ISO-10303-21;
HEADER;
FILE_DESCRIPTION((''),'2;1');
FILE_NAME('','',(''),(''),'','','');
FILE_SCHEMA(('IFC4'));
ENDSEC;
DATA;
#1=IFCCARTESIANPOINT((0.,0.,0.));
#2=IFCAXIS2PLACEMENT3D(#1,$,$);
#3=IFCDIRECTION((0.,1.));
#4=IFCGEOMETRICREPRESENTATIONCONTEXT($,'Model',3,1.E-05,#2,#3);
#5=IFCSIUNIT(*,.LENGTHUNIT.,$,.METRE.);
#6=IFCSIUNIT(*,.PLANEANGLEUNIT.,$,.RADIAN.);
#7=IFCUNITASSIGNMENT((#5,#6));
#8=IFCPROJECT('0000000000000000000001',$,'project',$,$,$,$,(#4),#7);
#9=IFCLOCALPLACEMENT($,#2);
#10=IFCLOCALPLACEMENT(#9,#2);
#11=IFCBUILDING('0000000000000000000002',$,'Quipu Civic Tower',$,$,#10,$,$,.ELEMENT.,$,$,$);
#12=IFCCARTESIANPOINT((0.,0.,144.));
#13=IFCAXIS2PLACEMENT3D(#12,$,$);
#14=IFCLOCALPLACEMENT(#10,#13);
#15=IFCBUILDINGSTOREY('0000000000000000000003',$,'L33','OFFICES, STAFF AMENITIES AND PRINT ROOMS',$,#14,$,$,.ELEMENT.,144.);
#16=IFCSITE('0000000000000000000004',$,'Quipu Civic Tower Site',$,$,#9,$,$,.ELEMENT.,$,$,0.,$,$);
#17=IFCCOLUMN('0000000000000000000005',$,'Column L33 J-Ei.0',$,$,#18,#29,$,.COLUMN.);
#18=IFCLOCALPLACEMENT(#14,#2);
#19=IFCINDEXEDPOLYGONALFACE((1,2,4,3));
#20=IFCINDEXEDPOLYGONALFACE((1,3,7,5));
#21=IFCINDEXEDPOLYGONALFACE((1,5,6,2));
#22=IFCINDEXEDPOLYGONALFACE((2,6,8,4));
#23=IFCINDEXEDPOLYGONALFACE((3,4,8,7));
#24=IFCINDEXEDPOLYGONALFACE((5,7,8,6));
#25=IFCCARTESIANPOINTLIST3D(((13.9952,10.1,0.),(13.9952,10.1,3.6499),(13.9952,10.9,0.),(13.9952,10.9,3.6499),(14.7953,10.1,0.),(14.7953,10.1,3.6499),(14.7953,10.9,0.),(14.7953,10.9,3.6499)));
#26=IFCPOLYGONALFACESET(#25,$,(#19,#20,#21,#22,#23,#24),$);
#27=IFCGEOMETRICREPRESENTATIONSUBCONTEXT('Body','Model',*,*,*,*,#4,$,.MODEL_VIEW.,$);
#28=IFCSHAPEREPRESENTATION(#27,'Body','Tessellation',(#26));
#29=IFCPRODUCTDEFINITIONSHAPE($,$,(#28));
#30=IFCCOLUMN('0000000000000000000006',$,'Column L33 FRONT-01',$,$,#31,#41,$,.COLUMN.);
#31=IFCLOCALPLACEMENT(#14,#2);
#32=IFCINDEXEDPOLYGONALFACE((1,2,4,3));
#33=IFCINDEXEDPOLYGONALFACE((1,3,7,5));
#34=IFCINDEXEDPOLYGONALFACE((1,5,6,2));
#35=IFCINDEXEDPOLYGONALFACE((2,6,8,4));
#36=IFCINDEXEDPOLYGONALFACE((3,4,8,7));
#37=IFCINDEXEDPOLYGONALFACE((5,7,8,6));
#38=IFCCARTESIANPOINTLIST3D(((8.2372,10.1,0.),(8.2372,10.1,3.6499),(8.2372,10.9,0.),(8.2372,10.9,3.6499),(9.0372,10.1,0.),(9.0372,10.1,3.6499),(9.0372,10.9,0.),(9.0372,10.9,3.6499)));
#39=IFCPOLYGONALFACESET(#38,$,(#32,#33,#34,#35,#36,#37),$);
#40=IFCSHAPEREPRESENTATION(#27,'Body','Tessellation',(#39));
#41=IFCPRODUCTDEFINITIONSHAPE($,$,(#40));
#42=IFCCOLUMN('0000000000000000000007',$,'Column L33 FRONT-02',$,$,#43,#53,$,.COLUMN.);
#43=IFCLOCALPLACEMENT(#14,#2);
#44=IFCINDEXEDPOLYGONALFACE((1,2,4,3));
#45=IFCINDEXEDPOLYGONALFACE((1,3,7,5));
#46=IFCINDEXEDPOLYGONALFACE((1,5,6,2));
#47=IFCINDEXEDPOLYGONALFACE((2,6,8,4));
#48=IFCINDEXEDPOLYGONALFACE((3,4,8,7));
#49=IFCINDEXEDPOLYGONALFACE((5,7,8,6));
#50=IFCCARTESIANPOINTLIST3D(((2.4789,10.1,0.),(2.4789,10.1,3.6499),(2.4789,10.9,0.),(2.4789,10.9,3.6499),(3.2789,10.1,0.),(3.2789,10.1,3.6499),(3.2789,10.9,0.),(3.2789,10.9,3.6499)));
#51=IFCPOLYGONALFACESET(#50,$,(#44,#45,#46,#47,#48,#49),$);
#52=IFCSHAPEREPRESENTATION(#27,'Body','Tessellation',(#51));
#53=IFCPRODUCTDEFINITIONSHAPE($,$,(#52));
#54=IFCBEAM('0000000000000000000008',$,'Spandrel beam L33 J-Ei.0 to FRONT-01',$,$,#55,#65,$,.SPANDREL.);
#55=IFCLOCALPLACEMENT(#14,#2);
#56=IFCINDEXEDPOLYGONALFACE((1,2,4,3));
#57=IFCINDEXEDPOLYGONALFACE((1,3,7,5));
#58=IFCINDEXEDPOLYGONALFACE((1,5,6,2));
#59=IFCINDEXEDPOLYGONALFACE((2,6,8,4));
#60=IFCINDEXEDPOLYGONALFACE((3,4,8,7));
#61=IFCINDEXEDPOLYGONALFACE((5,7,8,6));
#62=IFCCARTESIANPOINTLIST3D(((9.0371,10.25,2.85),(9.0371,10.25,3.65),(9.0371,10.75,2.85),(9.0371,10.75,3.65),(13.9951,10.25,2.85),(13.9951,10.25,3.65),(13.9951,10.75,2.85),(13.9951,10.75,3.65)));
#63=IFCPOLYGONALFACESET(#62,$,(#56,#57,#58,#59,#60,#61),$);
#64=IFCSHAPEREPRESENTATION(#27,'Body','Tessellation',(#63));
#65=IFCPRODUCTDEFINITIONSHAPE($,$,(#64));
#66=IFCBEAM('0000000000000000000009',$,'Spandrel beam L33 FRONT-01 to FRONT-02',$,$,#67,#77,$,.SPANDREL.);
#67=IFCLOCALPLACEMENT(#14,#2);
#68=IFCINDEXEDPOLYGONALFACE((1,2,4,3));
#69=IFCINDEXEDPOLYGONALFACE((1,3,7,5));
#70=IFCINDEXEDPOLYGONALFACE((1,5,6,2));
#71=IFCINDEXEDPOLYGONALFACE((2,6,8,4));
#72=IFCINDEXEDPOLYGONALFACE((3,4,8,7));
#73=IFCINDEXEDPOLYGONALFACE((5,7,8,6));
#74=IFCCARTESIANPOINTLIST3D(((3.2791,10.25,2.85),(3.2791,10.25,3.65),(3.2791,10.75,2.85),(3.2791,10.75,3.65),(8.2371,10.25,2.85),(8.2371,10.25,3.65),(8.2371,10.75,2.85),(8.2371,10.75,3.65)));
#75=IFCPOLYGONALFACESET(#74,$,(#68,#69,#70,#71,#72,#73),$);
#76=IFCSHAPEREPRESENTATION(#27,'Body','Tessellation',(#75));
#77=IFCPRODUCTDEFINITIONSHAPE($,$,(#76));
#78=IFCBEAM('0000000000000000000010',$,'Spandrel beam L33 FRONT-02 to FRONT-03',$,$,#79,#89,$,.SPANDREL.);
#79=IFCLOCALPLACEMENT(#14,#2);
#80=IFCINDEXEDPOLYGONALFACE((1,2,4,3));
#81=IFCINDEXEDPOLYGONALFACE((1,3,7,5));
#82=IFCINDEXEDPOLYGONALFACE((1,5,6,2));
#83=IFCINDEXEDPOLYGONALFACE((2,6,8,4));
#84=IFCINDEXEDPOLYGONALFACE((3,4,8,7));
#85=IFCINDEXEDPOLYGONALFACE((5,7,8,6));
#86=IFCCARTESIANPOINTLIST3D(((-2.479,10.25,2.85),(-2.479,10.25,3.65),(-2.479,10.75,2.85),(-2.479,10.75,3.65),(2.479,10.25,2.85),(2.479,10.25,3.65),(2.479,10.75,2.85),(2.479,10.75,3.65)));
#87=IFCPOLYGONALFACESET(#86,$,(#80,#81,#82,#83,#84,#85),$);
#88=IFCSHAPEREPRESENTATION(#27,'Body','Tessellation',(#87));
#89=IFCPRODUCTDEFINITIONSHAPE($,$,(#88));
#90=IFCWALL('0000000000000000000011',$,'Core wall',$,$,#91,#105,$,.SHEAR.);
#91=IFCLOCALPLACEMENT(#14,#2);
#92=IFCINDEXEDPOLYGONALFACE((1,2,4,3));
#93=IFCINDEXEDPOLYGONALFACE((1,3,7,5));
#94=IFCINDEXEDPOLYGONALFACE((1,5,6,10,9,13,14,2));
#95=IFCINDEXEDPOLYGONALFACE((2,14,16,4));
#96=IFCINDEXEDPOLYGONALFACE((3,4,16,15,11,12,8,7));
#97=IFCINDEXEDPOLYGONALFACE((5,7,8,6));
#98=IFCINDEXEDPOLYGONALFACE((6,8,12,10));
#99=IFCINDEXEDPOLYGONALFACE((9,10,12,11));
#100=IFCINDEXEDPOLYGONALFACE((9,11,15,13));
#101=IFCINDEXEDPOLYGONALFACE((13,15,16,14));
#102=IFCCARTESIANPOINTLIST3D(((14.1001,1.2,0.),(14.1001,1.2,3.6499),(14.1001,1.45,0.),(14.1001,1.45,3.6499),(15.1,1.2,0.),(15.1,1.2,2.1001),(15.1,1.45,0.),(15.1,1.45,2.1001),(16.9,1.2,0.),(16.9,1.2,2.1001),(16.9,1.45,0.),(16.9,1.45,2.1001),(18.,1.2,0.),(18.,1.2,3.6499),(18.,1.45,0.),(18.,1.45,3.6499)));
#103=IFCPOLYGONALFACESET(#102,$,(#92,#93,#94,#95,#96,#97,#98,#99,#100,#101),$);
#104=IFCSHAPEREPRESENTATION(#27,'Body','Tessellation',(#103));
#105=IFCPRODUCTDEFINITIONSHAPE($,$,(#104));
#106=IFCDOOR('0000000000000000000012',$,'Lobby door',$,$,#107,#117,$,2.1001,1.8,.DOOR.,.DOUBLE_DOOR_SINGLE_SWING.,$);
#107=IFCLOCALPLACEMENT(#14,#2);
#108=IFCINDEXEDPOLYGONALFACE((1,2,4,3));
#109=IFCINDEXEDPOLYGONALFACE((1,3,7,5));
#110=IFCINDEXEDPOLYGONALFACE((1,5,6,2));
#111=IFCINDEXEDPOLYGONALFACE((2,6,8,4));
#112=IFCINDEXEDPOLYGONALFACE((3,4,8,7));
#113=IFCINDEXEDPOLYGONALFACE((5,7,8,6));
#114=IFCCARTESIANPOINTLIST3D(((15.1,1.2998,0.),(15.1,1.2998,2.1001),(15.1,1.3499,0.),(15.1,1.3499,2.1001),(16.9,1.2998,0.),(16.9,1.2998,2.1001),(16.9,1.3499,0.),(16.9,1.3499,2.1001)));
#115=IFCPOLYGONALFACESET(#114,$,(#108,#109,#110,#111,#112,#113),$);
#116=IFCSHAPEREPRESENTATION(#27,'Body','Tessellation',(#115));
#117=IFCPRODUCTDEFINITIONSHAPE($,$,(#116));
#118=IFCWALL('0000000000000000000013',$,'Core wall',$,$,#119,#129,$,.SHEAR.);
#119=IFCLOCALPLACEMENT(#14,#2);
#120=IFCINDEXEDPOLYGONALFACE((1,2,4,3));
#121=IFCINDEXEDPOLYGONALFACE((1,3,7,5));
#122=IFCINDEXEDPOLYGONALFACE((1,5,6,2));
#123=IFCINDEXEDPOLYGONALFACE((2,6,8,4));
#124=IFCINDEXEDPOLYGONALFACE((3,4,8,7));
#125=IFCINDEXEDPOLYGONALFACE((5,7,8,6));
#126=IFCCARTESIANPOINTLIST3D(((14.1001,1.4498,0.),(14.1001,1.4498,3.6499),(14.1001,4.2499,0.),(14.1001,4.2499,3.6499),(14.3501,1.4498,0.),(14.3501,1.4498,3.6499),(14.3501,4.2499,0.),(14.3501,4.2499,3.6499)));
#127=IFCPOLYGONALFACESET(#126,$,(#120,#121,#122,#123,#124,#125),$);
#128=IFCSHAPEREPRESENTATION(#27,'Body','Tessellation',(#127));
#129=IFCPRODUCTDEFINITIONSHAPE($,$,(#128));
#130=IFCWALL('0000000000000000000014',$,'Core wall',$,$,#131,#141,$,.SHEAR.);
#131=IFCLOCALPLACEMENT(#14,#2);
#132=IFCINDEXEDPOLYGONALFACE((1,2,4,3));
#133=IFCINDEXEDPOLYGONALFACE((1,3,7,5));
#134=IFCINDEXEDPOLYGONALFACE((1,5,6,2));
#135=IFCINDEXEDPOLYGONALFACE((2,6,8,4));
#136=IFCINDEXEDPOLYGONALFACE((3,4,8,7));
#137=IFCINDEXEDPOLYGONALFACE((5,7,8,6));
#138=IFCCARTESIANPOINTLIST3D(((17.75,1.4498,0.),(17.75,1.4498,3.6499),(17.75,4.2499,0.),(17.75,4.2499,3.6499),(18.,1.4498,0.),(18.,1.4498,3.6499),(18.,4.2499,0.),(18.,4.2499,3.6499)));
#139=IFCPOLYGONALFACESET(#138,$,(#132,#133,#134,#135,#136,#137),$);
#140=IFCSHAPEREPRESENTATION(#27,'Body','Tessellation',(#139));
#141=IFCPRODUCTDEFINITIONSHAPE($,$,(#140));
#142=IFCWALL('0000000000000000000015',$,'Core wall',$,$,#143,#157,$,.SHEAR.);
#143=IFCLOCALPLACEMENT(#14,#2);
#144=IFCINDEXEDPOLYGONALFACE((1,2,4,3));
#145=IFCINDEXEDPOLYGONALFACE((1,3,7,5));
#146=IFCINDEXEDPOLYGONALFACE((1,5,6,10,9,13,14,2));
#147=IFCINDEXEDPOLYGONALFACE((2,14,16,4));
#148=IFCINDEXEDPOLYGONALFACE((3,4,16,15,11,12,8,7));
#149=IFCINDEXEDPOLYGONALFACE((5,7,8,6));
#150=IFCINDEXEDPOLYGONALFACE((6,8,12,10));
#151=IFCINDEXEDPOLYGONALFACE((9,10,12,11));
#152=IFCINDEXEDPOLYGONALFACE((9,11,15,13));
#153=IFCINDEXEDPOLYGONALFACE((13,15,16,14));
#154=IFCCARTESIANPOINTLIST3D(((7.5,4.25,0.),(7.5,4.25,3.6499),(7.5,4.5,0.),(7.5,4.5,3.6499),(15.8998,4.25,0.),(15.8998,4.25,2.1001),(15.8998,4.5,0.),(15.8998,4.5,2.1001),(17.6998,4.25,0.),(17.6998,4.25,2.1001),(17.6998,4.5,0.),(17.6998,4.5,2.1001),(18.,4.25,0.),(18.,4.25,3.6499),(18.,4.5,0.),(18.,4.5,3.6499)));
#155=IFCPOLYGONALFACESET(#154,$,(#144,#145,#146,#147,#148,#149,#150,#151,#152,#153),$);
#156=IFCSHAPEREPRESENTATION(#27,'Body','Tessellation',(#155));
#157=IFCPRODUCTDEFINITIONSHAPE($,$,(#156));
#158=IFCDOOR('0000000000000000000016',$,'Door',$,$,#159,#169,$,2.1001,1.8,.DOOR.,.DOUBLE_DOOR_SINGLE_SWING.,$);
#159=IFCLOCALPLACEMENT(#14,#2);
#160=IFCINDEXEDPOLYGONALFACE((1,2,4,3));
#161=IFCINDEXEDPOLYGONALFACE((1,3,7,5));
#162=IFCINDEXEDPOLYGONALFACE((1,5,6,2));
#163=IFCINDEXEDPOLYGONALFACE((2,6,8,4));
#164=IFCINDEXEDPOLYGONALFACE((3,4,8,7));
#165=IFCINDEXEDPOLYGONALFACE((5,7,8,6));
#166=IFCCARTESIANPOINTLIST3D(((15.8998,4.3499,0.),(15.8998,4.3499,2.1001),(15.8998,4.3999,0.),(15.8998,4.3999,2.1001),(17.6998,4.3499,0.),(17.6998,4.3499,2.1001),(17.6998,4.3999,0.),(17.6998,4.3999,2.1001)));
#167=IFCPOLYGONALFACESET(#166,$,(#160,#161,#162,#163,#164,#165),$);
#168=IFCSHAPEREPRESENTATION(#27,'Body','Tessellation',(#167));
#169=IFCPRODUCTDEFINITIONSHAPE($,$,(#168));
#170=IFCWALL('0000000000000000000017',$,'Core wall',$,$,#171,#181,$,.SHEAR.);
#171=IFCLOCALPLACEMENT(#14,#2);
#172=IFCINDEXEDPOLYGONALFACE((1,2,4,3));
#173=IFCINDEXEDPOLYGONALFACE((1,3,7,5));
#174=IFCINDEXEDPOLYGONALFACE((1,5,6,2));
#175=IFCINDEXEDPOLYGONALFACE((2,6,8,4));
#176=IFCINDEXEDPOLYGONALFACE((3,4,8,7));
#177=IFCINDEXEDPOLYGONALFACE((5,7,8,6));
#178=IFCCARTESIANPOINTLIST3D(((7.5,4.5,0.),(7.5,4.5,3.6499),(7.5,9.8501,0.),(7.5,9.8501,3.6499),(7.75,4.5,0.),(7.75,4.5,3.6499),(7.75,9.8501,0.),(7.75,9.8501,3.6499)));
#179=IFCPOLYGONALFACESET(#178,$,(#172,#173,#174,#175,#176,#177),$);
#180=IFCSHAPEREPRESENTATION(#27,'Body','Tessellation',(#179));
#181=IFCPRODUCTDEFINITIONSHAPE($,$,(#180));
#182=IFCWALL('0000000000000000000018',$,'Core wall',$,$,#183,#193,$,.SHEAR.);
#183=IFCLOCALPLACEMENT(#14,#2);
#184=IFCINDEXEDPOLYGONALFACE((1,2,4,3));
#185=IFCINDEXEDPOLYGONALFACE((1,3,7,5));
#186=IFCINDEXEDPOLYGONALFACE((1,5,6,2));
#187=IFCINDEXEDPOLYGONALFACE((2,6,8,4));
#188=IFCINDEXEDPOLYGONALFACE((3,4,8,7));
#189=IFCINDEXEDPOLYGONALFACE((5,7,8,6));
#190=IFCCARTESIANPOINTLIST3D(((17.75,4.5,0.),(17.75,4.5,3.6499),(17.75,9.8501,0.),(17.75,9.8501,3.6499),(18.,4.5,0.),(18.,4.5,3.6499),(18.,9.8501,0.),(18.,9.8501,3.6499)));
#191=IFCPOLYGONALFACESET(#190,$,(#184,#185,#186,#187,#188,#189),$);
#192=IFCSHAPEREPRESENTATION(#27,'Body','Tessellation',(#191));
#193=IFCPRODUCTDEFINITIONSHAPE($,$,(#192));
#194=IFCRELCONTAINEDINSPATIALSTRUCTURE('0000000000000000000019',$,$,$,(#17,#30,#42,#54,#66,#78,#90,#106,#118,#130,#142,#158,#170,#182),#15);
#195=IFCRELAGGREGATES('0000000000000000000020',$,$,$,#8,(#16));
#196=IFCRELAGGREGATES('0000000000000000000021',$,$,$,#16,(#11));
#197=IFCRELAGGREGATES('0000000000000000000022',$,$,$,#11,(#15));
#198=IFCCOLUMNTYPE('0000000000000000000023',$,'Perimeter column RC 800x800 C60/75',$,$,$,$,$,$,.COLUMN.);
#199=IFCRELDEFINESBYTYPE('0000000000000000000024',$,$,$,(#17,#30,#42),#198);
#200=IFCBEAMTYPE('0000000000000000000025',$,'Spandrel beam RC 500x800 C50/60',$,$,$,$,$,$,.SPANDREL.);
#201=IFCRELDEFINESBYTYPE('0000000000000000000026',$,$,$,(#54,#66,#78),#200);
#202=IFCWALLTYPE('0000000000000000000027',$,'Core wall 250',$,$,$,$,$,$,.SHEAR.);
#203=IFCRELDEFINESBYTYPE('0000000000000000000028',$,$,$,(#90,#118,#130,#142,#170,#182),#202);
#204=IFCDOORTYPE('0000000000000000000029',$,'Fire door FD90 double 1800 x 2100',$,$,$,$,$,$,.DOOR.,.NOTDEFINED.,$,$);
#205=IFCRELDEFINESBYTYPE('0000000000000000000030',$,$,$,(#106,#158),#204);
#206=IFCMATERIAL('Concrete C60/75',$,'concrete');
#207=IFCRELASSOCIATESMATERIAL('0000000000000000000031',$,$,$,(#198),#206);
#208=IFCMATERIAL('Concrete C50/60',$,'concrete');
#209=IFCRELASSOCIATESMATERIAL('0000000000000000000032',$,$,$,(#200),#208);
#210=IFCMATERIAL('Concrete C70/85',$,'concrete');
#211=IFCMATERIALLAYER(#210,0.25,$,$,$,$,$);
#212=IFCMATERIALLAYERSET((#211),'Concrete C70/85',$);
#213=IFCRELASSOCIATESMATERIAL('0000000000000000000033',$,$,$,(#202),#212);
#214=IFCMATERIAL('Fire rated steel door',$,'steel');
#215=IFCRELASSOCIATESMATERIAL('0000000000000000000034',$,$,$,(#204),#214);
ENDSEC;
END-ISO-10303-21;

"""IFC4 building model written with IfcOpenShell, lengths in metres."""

from ifc_helpers import new_model, si_unit, direction, frame, frame_2d, origin, origin_2d, place, context, subcontext, project, spatial, rectangle, extrude, material, layer, layer_set, material_profile, profile_set, type_object, element, fill, save


model = new_model("IFC4")

# Units and contexts
model_context = context("Model", 3, precision=1e-05, world=origin(), true_north=direction((0.0, 1.0)))
body_context = subcontext(model_context, "Body", "Model", "MODEL_VIEW")
ifc_project = project(units=[si_unit("LENGTHUNIT", "METRE"), si_unit("PLANEANGLEUNIT", "RADIAN")], contexts=[model_context])

# Site, building, storey
site_placement = place(None, origin())
site = spatial("IfcSite", under=ifc_project, at=site_placement, Name="Quipu Civic Tower Site", CompositionType="ELEMENT", RefElevation=0.0)
building_placement = place(site_placement, origin())
building = spatial("IfcBuilding", under=site, at=building_placement, Name="Quipu Civic Tower", CompositionType="ELEMENT")
storey_placement = place(building_placement, frame((0.0, 0.0, 144.0)))
storey = spatial("IfcBuildingStorey", under=building, at=storey_placement, Name="L33", Description="OFFICES, STAFF AMENITIES AND PRINT ROOMS", CompositionType="ELEMENT", Elevation=144.0)

# Columns
ifc_material_1 = material(Name="Concrete C60/75", Category="concrete")
ifc_material_profile_1 = material_profile(ifc_material_1, rectangle(XDim=0.8, YDim=0.8, at=origin_2d()), Name="RC800x800")
ifc_profile_set_1 = profile_set([ifc_material_profile_1], Name="Concrete C60/75")
column_type = type_object("IfcColumnType", Name="Perimeter column RC 800x800 C60/75", PredefinedType="COLUMN", material=ifc_profile_set_1)
for number, where, z_axis, x_axis, name in (
    (1, (14.3953, 10.5, 0.0), (0.0, 0.0, 1.0), (-1.0, 0.0, 0.0), "Column L33 J-Ei.0"),
    (2, (8.6372, 10.5, 0.0), (0.0, 0.0, 1.0), (-1.0, 0.0, 0.0), "Column L33 FRONT-01"),
    (3, (2.8789, 10.5, 0.0), (0.0, 0.0, 1.0), (-1.0, 0.0, 0.0), "Column L33 FRONT-02"),
):
    element("IfcColumn", number, at=place(storey_placement, frame(where, z_axis=z_axis, x_axis=x_axis)), inside=storey, type_object=column_type, Name=name, PredefinedType="COLUMN", context=body_context, shape_type="SweptSolid", body=[
        extrude(rectangle(XDim=0.8, YDim=0.8, at=origin_2d()), origin(), (0.0, 0.0, 1.0), 3.6499),
    ])

# Beams
ifc_material_2 = material(Name="Concrete C50/60", Category="concrete")
ifc_material_profile_2 = material_profile(ifc_material_2, rectangle(XDim=0.5, YDim=0.8, at=origin_2d()), Name="RC500x800")
ifc_profile_set_2 = profile_set([ifc_material_profile_2], Name="Concrete C50/60")
beam_type = type_object("IfcBeamType", Name="Spandrel beam RC 500x800 C50/60", PredefinedType="SPANDREL", material=ifc_profile_set_2)
for number, where, z_axis, x_axis, name in (
    (4, (13.9951, 10.5, 3.25), (-1.0, 0.0, 0.0), (0.0, -1.0, 0.0), "Spandrel beam L33 J-Ei.0 to FRONT-01"),
    (5, (8.2371, 10.5, 3.25), (-1.0, 0.0, 0.0), (0.0, -1.0, 0.0), "Spandrel beam L33 FRONT-01 to FRONT-02"),
    (6, (2.479, 10.5, 3.25), (-1.0, 0.0, 0.0), (0.0, -1.0, 0.0), "Spandrel beam L33 FRONT-02 to FRONT-03"),
):
    element("IfcBeam", number, at=place(storey_placement, frame(where, z_axis=z_axis, x_axis=x_axis)), inside=storey, type_object=beam_type, Name=name, PredefinedType="SPANDREL", context=body_context, shape_type="SweptSolid", body=[
        extrude(rectangle(XDim=0.5, YDim=0.8, at=origin_2d()), origin(), (0.0, 0.0, 1.0), 4.958),
    ])

# Wall, opening, door
ifc_material_3 = material(Name="Concrete C70/85", Category="concrete")
ifc_layer_1 = layer(ifc_material_3, 0.25)
ifc_layer_set_1 = layer_set([ifc_layer_1], Name="Concrete C70/85")
wall_type_1 = type_object("IfcWallType", Name="Core wall 250", PredefinedType="SHEAR", material=ifc_layer_set_1)
wall_1_placement = place(storey_placement, frame((14.1001, 1.325, 0.0), z_axis=(0.0, 0.0, 1.0), x_axis=(1.0, 0.0, 0.0)))
wall_1 = element("IfcWall", 7, at=wall_1_placement, inside=storey, type_object=wall_type_1, Name="Core wall", PredefinedType="SHEAR", context=body_context, shape_type="SweptSolid", body=[
    extrude(rectangle(XDim=3.8999, YDim=0.25, at=frame_2d((1.95, 0.0))), origin(), (0.0, 0.0, 1.0), 3.6499),
])
opening_1_placement = place(wall_1_placement, frame((1.0, 0.0, 0.0)))
opening_1 = element("IfcOpeningElement", 8, at=opening_1_placement, cuts=wall_1, PredefinedType="OPENING", context=body_context, shape_type="SweptSolid", body=[
    extrude(rectangle(XDim=1.8, YDim=2.1001, at=frame_2d((0.8999, 1.05))), frame((0.0, 0.135, 0.0), z_axis=(0.0, -1.0, 0.0), x_axis=(1.0, 0.0, 0.0)), (0.0, 0.0, 1.0), 0.27),
])
ifc_material_4 = material(Name="Fire rated steel door", Category="steel")
door_type_1 = type_object("IfcDoorType", Name="Fire door FD90 double 1800 x 2100", OperationType="NOTDEFINED", PredefinedType="DOOR", material=ifc_material_4)
door_1_placement = place(opening_1_placement, origin())
door_1 = element("IfcDoor", 9, at=door_1_placement, inside=storey, type_object=door_type_1, Name="Lobby door", OperationType="DOUBLE_DOOR_SINGLE_SWING", OverallHeight=2.1001, OverallWidth=1.8, PredefinedType="DOOR", context=body_context, shape_type="SweptSolid", body=[
    extrude(rectangle(XDim=1.8, YDim=2.1001, at=frame_2d((0.8999, 1.05))), frame((0.0, 0.0249, 0.0), z_axis=(0.0, -1.0, 0.0), x_axis=(1.0, 0.0, 0.0)), (0.0, 0.0, 1.0), 0.05),
])
fill(opening_1, door_1)

# Walls
for number, where, z_axis, x_axis, name in (
    (10, (14.2251, 1.45, 0.0), (0.0, 0.0, 1.0), (0.0, 1.0, 0.0), "Core wall"),
    (11, (17.875, 1.45, 0.0), (0.0, 0.0, 1.0), (0.0, 1.0, 0.0), "Core wall"),
):
    element("IfcWall", number, at=place(storey_placement, frame(where, z_axis=z_axis, x_axis=x_axis)), inside=storey, type_object=wall_type_1, Name=name, PredefinedType="SHEAR", context=body_context, shape_type="SweptSolid", body=[
        extrude(rectangle(XDim=2.8, YDim=0.25, at=frame_2d((1.3999, 0.0))), origin(), (0.0, 0.0, 1.0), 3.6499),
    ])

# Wall, opening, door
wall_2_placement = place(storey_placement, frame((7.5, 4.375, 0.0), z_axis=(0.0, 0.0, 1.0), x_axis=(1.0, 0.0, 0.0)))
wall_2 = element("IfcWall", 12, at=wall_2_placement, inside=storey, type_object=wall_type_1, Name="Core wall", PredefinedType="SHEAR", context=body_context, shape_type="SweptSolid", body=[
    extrude(rectangle(XDim=10.5, YDim=0.25, at=frame_2d((5.25, 0.0))), origin(), (0.0, 0.0, 1.0), 3.6499),
])
opening_2_placement = place(wall_2_placement, frame((8.3999, 0.0, 0.0)))
opening_2 = element("IfcOpeningElement", 13, at=opening_2_placement, cuts=wall_2, PredefinedType="OPENING", context=body_context, shape_type="SweptSolid", body=[
    extrude(rectangle(XDim=1.8, YDim=2.1001, at=frame_2d((0.8999, 1.05))), frame((0.0, 0.135, 0.0), z_axis=(0.0, -1.0, 0.0), x_axis=(1.0, 0.0, 0.0)), (0.0, 0.0, 1.0), 0.27),
])
door_2_placement = place(opening_2_placement, origin())
door_2 = element("IfcDoor", 14, at=door_2_placement, inside=storey, type_object=door_type_1, Name="Door", OperationType="DOUBLE_DOOR_SINGLE_SWING", OverallHeight=2.1001, OverallWidth=1.8, PredefinedType="DOOR", context=body_context, shape_type="SweptSolid", body=[
    extrude(rectangle(XDim=1.8, YDim=2.1001, at=frame_2d((0.8999, 1.05))), frame((0.0, 0.0249, 0.0), z_axis=(0.0, -1.0, 0.0), x_axis=(1.0, 0.0, 0.0)), (0.0, 0.0, 1.0), 0.05),
])
fill(opening_2, door_2)

# Walls
for number, where, z_axis, x_axis, name in (
    (15, (7.625, 4.5, 0.0), (0.0, 0.0, 1.0), (0.0, 1.0, 0.0), "Core wall"),
    (16, (17.875, 4.5, 0.0), (0.0, 0.0, 1.0), (0.0, 1.0, 0.0), "Core wall"),
):
    element("IfcWall", number, at=place(storey_placement, frame(where, z_axis=z_axis, x_axis=x_axis)), inside=storey, type_object=wall_type_1, Name=name, PredefinedType="SHEAR", context=body_context, shape_type="SweptSolid", body=[
        extrude(rectangle(XDim=5.3501, YDim=0.25, at=frame_2d((2.675, 0.0))), origin(), (0.0, 0.0, 1.0), 3.6499),
    ])

save(model, "model.ifc")
